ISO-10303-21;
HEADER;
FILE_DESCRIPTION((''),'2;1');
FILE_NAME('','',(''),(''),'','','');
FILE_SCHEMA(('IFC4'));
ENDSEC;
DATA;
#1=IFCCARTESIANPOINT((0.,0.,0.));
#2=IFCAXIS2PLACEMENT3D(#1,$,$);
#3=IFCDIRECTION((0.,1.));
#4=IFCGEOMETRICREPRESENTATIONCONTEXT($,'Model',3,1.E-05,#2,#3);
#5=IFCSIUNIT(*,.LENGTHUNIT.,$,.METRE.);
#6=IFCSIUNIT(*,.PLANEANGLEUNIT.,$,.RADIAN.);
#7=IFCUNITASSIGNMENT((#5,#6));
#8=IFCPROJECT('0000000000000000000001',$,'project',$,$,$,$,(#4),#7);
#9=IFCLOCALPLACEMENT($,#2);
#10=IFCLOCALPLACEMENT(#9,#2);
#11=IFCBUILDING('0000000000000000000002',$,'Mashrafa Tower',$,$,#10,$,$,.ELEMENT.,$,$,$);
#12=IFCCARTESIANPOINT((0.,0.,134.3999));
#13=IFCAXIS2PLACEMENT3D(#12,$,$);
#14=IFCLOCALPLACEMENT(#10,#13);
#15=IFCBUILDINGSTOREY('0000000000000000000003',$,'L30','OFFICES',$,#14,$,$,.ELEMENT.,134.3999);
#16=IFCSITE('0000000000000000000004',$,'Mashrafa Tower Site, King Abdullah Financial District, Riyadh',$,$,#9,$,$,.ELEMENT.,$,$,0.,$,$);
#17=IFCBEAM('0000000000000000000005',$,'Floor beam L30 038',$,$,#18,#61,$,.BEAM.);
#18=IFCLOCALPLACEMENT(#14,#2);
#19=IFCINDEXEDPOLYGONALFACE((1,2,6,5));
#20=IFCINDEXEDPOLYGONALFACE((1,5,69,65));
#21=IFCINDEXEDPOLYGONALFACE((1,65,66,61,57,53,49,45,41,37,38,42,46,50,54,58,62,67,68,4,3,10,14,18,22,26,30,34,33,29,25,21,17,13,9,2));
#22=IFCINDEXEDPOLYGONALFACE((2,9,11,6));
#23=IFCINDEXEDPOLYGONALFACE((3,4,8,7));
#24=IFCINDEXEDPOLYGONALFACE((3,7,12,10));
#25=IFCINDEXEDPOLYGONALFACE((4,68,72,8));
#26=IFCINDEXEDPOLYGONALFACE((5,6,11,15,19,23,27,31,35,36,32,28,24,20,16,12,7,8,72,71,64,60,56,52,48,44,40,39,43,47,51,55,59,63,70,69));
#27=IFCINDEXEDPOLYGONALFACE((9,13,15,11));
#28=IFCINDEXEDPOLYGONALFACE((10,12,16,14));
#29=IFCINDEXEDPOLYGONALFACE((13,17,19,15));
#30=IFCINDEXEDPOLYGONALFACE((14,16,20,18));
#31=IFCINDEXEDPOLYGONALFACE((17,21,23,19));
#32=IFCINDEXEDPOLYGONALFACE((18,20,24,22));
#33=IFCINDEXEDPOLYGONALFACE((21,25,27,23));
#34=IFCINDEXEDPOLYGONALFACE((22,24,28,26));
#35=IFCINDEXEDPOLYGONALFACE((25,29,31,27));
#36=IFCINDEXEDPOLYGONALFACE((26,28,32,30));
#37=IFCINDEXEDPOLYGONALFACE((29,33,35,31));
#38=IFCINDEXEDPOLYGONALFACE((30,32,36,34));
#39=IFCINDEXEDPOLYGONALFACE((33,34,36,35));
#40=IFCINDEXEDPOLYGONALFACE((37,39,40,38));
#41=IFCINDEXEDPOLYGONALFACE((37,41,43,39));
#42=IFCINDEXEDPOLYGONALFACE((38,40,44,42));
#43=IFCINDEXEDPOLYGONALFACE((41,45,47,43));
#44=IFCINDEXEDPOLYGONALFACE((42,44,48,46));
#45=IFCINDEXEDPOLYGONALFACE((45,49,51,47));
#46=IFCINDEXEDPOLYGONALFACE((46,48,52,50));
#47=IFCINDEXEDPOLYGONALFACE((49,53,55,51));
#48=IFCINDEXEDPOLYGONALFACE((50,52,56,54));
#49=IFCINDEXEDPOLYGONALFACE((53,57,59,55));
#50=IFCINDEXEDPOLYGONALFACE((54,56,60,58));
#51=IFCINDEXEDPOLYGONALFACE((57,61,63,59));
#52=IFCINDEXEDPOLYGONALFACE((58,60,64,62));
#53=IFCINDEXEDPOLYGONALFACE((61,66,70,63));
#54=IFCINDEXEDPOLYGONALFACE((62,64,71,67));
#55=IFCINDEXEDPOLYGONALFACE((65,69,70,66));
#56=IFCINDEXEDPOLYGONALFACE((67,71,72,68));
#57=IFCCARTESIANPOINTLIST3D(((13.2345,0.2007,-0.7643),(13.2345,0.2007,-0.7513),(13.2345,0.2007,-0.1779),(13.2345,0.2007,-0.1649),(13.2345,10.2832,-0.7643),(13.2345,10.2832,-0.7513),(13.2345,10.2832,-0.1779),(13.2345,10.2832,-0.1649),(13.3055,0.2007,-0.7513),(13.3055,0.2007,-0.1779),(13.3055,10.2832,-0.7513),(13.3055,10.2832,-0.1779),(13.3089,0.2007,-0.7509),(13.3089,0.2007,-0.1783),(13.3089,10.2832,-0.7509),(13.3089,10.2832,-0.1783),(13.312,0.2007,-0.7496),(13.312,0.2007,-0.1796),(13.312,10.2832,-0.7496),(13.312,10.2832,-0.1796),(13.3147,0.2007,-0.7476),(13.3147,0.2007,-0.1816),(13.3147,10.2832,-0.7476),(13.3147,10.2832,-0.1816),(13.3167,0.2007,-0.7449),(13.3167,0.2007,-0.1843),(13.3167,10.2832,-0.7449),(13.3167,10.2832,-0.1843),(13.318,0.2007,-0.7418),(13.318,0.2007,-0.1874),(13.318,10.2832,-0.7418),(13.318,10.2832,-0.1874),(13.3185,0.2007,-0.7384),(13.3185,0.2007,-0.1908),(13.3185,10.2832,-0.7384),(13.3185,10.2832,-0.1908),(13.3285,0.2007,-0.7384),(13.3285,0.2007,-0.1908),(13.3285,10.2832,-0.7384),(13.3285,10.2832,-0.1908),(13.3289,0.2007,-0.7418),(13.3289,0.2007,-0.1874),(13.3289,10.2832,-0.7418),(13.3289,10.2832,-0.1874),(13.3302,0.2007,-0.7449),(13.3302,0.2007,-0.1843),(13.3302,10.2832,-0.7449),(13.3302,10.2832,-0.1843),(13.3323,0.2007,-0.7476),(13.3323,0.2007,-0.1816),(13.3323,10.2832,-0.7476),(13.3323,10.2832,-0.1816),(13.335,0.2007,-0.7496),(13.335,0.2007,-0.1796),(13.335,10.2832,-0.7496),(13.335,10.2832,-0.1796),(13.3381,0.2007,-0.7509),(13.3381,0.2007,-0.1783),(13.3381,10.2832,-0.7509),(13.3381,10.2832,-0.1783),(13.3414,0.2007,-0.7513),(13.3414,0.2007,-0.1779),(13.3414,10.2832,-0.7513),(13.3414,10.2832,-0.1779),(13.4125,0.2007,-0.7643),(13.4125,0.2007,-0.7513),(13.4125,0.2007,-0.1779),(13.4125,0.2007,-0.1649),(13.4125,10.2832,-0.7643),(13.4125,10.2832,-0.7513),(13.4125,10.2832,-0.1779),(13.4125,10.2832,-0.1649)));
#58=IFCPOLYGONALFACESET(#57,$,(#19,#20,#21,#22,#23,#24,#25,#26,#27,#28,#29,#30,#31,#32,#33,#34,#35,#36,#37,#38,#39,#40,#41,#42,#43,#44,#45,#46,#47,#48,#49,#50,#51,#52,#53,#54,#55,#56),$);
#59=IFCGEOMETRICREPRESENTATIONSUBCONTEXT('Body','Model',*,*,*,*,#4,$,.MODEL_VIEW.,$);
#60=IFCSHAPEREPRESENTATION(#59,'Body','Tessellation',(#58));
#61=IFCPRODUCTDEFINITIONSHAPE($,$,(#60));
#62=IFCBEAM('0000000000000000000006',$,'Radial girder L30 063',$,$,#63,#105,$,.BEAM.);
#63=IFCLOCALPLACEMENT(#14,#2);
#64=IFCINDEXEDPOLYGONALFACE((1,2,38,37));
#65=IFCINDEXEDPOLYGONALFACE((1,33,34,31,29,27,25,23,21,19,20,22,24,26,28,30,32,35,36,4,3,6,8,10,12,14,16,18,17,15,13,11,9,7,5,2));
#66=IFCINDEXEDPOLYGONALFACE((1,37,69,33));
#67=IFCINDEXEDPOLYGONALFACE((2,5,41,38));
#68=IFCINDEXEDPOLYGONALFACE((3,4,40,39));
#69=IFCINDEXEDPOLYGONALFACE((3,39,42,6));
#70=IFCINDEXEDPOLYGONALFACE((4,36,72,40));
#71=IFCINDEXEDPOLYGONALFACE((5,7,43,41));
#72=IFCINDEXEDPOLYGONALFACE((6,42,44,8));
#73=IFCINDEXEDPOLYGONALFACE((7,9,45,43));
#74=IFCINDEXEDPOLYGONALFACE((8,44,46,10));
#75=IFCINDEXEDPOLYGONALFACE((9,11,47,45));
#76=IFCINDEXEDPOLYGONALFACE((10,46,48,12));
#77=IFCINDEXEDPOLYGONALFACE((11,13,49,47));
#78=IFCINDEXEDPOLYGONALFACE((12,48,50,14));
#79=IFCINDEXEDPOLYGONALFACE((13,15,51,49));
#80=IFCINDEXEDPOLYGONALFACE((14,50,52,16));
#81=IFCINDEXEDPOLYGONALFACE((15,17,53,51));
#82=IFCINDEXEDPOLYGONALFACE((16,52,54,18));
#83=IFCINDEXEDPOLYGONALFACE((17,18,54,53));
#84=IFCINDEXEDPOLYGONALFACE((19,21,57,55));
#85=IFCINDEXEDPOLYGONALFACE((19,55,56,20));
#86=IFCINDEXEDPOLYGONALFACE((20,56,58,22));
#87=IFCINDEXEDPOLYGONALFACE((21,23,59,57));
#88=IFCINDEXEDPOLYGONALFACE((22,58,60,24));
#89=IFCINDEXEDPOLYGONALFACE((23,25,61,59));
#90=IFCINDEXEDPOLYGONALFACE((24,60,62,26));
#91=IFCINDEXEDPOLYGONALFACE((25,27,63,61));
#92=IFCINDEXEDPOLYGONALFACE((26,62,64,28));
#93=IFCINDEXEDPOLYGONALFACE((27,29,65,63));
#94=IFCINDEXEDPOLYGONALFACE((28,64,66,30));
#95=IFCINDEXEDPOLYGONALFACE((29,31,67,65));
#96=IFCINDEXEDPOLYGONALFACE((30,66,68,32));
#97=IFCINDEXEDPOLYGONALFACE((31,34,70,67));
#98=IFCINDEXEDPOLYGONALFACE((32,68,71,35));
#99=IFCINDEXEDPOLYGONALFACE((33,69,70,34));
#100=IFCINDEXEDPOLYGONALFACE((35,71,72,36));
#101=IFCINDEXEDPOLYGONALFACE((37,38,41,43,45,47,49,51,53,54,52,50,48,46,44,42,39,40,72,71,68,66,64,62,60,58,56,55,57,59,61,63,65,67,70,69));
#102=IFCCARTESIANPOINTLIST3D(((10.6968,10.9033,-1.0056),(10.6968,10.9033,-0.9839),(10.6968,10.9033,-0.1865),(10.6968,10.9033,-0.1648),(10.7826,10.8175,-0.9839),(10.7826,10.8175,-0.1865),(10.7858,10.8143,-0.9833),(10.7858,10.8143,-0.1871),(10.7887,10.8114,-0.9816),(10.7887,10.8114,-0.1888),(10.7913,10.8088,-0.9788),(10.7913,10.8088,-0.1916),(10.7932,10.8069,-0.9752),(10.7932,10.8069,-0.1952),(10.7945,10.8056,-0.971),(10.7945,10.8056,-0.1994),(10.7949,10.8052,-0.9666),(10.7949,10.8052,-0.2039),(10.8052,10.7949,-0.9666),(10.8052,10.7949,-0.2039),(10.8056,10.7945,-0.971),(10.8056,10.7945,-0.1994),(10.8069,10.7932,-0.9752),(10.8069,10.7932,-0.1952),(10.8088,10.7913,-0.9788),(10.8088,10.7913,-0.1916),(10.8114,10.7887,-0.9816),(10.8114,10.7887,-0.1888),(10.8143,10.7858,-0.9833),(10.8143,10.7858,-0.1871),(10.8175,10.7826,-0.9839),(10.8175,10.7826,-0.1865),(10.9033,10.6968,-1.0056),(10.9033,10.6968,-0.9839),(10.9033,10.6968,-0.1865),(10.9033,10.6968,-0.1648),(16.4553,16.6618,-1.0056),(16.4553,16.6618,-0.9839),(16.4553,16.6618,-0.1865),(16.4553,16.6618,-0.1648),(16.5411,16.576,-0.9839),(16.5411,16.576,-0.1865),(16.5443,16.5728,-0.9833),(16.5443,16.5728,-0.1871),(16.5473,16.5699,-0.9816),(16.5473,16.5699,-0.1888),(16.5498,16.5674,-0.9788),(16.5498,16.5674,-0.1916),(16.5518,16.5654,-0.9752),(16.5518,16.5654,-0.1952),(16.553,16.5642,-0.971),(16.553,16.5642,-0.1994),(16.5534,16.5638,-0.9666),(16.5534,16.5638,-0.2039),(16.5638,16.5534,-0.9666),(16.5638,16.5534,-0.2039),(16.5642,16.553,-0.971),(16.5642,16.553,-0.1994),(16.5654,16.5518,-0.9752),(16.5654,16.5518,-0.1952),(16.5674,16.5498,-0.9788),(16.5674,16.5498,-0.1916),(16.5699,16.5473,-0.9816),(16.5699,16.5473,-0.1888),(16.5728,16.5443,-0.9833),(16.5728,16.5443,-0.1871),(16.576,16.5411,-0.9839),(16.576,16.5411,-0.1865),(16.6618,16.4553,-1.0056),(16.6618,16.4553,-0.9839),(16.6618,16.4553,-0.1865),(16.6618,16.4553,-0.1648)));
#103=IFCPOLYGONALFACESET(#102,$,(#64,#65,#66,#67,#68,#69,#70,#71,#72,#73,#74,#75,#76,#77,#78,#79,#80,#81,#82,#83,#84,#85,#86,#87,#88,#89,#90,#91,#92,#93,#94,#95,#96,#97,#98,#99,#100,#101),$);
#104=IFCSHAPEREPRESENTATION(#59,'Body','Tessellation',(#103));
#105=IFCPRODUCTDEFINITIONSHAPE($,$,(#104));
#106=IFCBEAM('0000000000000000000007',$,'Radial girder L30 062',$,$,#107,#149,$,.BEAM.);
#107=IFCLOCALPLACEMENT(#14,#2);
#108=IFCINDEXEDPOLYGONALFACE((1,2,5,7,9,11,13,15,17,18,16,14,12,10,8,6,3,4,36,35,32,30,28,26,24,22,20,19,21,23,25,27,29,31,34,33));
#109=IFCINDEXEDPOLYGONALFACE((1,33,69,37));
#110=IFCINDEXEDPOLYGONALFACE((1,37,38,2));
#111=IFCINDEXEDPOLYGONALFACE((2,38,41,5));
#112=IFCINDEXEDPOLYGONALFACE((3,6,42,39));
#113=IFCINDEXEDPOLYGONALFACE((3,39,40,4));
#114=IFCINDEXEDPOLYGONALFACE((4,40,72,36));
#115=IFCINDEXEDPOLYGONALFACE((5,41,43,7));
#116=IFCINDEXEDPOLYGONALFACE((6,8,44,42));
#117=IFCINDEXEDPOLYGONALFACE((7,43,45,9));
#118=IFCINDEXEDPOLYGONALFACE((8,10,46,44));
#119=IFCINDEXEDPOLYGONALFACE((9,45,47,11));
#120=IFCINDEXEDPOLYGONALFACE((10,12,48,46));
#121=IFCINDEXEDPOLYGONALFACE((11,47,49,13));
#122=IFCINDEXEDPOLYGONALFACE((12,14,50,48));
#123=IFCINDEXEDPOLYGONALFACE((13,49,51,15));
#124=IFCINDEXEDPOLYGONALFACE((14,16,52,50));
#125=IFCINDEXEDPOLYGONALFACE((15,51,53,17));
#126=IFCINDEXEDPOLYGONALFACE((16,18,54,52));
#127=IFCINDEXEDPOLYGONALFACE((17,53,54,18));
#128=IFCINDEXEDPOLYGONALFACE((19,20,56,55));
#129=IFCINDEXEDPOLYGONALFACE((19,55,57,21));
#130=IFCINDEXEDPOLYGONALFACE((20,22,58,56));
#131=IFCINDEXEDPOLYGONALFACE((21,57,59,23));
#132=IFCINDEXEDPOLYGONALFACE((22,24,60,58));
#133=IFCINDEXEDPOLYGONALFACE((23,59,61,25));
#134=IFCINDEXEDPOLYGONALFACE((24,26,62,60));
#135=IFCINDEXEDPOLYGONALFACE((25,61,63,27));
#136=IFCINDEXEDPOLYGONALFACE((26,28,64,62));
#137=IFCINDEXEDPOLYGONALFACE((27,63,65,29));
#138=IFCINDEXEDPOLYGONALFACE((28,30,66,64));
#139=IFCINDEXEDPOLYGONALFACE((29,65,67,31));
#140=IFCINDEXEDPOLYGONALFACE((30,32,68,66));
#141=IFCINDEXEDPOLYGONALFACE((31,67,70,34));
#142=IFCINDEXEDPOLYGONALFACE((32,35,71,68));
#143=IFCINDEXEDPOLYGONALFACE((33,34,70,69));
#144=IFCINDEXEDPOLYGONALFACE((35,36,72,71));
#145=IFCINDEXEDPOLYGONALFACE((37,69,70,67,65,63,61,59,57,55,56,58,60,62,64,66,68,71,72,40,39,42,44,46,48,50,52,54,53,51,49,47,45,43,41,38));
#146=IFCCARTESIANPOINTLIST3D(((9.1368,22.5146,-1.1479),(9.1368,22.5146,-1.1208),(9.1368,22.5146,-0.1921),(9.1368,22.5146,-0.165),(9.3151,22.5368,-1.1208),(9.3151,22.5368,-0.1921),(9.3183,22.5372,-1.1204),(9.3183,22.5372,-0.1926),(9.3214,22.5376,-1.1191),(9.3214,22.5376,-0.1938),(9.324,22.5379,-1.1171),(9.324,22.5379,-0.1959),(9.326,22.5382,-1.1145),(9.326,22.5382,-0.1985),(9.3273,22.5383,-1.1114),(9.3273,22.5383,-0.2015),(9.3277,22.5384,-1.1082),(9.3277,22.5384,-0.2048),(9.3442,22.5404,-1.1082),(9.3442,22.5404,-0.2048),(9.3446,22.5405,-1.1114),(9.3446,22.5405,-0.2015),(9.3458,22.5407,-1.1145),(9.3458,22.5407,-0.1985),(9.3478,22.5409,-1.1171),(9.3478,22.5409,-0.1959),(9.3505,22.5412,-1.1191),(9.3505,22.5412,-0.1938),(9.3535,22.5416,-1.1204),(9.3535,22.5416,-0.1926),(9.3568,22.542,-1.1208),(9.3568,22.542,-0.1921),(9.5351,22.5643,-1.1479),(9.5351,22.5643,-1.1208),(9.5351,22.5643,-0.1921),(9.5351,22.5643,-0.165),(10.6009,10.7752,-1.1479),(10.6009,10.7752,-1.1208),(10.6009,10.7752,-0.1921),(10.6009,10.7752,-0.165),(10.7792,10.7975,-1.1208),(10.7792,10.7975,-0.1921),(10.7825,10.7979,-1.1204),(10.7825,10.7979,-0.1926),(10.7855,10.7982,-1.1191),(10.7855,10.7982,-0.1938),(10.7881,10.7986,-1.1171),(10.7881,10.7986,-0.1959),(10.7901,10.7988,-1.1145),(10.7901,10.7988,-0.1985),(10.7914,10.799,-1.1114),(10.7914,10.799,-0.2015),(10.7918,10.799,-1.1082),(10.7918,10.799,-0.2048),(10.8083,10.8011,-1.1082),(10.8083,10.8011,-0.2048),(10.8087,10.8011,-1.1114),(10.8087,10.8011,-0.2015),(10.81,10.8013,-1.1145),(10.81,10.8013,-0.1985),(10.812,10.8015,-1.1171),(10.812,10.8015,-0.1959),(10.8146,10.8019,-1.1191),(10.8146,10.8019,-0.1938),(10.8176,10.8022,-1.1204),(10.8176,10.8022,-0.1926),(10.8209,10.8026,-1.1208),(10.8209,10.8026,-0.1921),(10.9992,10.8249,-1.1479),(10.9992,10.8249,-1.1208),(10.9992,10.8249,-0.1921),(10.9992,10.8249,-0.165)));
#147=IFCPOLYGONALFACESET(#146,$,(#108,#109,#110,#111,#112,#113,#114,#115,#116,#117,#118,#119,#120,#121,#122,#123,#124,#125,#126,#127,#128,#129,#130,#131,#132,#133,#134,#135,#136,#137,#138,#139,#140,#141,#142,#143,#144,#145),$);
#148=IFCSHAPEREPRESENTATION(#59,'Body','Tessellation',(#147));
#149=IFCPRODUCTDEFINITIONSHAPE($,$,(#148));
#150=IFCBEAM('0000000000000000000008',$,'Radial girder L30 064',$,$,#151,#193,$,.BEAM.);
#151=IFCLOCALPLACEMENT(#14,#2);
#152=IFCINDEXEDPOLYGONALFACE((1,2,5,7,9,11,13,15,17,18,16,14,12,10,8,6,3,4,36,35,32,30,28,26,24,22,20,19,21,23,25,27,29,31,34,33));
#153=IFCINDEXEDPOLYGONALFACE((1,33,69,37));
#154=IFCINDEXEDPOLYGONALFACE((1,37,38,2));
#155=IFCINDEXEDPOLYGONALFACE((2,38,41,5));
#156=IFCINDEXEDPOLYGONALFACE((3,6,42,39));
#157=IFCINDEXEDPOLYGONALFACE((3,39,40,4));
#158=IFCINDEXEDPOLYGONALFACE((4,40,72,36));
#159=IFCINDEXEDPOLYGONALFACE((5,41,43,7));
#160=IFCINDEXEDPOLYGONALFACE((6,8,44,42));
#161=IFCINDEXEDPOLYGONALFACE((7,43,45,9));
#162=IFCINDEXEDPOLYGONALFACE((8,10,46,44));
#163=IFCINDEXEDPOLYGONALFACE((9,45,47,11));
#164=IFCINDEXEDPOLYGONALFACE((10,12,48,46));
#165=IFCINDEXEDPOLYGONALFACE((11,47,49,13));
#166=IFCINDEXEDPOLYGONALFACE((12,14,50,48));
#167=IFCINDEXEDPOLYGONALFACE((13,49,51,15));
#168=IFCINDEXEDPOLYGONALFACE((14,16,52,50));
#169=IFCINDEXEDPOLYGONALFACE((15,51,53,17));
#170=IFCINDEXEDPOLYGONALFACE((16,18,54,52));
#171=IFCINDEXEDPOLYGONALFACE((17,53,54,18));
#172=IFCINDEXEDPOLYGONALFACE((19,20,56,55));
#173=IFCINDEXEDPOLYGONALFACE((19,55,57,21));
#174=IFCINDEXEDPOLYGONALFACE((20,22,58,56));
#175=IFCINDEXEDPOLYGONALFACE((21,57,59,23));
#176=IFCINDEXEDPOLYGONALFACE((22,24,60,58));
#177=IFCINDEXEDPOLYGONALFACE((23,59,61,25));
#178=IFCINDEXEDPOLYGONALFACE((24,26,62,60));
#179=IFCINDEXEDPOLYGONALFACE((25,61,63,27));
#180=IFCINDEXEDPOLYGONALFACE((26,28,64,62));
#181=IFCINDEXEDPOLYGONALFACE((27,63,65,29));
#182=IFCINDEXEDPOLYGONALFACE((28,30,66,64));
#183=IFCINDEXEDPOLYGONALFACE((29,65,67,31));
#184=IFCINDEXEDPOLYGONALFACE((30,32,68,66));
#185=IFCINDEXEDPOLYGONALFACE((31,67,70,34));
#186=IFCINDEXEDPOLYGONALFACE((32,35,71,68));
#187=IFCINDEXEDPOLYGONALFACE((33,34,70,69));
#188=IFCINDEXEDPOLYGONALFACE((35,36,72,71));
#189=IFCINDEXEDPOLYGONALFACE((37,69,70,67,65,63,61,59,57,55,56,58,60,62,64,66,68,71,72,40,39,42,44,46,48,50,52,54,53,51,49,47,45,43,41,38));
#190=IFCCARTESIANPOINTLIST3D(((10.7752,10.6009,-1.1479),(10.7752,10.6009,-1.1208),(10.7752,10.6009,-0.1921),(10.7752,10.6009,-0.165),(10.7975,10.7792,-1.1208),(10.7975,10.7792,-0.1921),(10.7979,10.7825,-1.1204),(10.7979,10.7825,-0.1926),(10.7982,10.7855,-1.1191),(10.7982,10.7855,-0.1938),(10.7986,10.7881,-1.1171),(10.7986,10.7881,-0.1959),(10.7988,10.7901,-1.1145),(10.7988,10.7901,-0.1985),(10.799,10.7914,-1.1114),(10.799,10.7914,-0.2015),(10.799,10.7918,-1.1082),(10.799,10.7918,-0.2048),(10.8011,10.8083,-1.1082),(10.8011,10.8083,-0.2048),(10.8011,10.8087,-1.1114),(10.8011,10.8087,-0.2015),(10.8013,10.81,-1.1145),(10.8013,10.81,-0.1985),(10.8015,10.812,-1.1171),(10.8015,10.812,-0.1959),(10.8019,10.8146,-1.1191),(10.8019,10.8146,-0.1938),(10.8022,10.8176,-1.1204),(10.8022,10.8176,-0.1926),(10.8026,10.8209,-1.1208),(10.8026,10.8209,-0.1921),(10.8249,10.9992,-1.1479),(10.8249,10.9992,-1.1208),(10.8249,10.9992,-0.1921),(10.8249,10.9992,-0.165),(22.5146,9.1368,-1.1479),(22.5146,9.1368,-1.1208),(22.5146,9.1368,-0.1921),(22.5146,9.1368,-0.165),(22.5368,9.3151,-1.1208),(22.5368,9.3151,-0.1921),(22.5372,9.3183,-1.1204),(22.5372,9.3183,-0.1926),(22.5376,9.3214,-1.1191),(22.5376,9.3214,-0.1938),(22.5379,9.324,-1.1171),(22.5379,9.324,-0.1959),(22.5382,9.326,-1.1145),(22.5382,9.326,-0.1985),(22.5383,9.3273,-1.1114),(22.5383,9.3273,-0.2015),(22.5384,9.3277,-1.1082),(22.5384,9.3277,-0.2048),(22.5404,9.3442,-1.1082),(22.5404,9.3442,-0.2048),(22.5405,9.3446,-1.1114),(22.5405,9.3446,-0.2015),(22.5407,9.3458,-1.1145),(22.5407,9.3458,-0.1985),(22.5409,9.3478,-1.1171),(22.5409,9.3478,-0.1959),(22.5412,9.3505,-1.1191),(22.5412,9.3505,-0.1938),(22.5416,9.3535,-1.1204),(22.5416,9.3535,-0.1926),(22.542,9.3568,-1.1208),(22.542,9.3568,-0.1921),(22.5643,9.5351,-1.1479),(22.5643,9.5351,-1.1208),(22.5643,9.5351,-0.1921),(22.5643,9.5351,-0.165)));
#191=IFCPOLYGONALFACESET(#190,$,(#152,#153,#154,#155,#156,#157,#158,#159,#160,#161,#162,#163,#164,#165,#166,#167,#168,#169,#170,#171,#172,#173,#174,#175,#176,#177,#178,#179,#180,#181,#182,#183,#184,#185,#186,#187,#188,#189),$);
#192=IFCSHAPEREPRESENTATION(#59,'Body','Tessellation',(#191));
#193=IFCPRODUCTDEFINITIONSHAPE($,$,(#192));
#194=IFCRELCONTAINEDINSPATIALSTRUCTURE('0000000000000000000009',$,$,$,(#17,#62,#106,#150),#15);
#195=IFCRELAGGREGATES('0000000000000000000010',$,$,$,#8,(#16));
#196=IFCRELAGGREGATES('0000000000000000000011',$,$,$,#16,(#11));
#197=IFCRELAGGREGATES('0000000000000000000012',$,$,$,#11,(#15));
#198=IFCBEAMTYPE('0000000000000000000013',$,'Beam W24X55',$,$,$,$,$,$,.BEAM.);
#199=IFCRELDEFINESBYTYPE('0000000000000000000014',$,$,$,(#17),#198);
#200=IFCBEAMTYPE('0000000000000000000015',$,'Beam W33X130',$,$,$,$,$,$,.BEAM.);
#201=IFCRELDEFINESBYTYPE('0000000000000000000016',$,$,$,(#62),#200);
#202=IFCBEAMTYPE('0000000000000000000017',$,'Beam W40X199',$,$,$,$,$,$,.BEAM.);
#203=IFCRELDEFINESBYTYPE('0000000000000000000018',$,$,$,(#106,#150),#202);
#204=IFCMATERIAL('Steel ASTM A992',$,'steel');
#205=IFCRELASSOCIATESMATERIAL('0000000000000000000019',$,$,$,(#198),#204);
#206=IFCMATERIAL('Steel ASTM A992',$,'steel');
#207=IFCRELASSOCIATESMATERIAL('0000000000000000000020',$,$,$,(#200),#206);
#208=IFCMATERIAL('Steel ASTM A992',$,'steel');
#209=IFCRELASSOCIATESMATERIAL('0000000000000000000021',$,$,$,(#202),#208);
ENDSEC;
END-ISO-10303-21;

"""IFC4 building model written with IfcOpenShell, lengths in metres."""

from ifc_helpers import new_model, si_unit, direction, frame, origin, origin_2d, place, context, subcontext, project, spatial, i_section, extrude, material, material_profile, profile_set, type_object, element, save


model = new_model("IFC4")

# Units and contexts
model_context = context("Model", 3, precision=1e-05, world=origin(), true_north=direction((0.0, 1.0)))
body_context = subcontext(model_context, "Body", "Model", "MODEL_VIEW")
ifc_project = project(units=[si_unit("LENGTHUNIT", "METRE"), si_unit("PLANEANGLEUNIT", "RADIAN")], contexts=[model_context])

# Site, building, storey
site_placement = place(None, origin())
site = spatial("IfcSite", under=ifc_project, at=site_placement, Name="Mashrafa Tower Site, King Abdullah Financial District, Riyadh", CompositionType="ELEMENT", RefElevation=0.0)
building_placement = place(site_placement, origin())
building = spatial("IfcBuilding", under=site, at=building_placement, Name="Mashrafa Tower", CompositionType="ELEMENT")
storey_placement = place(building_placement, frame((0.0, 0.0, 134.3999)))
storey = spatial("IfcBuildingStorey", under=building, at=storey_placement, Name="L30", Description="OFFICES", CompositionType="ELEMENT", Elevation=134.3999)

# Beams
ifc_material_1 = material(Name="Steel ASTM A992", Category="steel")
ifc_material_profile_1 = material_profile(ifc_material_1, i_section(OverallWidth=0.178, OverallDepth=0.5994, WebThickness=0.01, FlangeThickness=0.0129, FilletRadius=0.0129, at=origin_2d()), Name="W24X55")
ifc_profile_set_1 = profile_set([ifc_material_profile_1], Name="Steel ASTM A992")
beam_type_1 = type_object("IfcBeamType", Name="Beam W24X55", PredefinedType="BEAM", material=ifc_profile_set_1)
beam_1_placement = place(storey_placement, frame((13.3235, 10.2832, -0.4646), z_axis=(0.0, -1.0, 0.0), x_axis=(1.0, 0.0, 0.0)))
element("IfcBeam", 1, at=beam_1_placement, inside=storey, type_object=beam_type_1, Name="Floor beam L30 038", PredefinedType="BEAM", context=body_context, shape_type="SweptSolid", body=[
    extrude(i_section(OverallWidth=0.178, OverallDepth=0.5994, WebThickness=0.01, FlangeThickness=0.0129, FilletRadius=0.0129, at=origin_2d()), origin(), (0.0, 0.0, 1.0), 10.0825),
])
ifc_material_2 = material(Name="Steel ASTM A992", Category="steel")
ifc_material_profile_2 = material_profile(ifc_material_2, i_section(OverallWidth=0.292, OverallDepth=0.8408, WebThickness=0.0146, FlangeThickness=0.0217, FilletRadius=0.0173, at=origin_2d()), Name="W33X130")
ifc_profile_set_2 = profile_set([ifc_material_profile_2], Name="Steel ASTM A992")
beam_type_2 = type_object("IfcBeamType", Name="Beam W33X130", PredefinedType="BEAM", material=ifc_profile_set_2)
beam_2_placement = place(storey_placement, frame((10.8, 10.8, -0.5852), z_axis=(0.707107, 0.707107, 0.0), x_axis=(-0.707107, 0.707107, 0.0)))
element("IfcBeam", 2, at=beam_2_placement, inside=storey, type_object=beam_type_2, Name="Radial girder L30 063", PredefinedType="BEAM", context=body_context, shape_type="SweptSolid", body=[
    extrude(i_section(OverallWidth=0.292, OverallDepth=0.8408, WebThickness=0.0146, FlangeThickness=0.0217, FilletRadius=0.0173, at=origin_2d()), origin(), (0.0, 0.0, 1.0), 8.1438),
])
ifc_material_3 = material(Name="Steel ASTM A992", Category="steel")
ifc_material_profile_3 = material_profile(ifc_material_3, i_section(OverallWidth=0.4014, OverallDepth=0.9829, WebThickness=0.0166, FlangeThickness=0.0271, FilletRadius=0.0127, at=origin_2d()), Name="W40X199")
ifc_profile_set_3 = profile_set([ifc_material_profile_3], Name="Steel ASTM A992")
beam_type_3 = type_object("IfcBeamType", Name="Beam W40X199", PredefinedType="BEAM", material=ifc_profile_set_3)
for number, where, z_axis, x_axis, name in (
    (3, (10.8, 10.8, -0.6565), (-0.12376, 0.992312, 0.0), (-0.992312, -0.12376, 0.0), "Radial girder L30 062"),
    (4, (10.8, 10.8, -0.6565), (0.992312, -0.12376, 0.0), (0.12376, 0.992312, 0.0), "Radial girder L30 064"),
):
    element("IfcBeam", number, at=place(storey_placement, frame(where, z_axis=z_axis, x_axis=x_axis)), inside=storey, type_object=beam_type_3, Name=name, PredefinedType="BEAM", context=body_context, shape_type="SweptSolid", body=[
        extrude(i_section(OverallWidth=0.4014, OverallDepth=0.9829, WebThickness=0.0166, FlangeThickness=0.0271, FilletRadius=0.0127, at=origin_2d()), origin(), (0.0, 0.0, 1.0), 11.8303),
    ])

save(model, "model.ifc")
